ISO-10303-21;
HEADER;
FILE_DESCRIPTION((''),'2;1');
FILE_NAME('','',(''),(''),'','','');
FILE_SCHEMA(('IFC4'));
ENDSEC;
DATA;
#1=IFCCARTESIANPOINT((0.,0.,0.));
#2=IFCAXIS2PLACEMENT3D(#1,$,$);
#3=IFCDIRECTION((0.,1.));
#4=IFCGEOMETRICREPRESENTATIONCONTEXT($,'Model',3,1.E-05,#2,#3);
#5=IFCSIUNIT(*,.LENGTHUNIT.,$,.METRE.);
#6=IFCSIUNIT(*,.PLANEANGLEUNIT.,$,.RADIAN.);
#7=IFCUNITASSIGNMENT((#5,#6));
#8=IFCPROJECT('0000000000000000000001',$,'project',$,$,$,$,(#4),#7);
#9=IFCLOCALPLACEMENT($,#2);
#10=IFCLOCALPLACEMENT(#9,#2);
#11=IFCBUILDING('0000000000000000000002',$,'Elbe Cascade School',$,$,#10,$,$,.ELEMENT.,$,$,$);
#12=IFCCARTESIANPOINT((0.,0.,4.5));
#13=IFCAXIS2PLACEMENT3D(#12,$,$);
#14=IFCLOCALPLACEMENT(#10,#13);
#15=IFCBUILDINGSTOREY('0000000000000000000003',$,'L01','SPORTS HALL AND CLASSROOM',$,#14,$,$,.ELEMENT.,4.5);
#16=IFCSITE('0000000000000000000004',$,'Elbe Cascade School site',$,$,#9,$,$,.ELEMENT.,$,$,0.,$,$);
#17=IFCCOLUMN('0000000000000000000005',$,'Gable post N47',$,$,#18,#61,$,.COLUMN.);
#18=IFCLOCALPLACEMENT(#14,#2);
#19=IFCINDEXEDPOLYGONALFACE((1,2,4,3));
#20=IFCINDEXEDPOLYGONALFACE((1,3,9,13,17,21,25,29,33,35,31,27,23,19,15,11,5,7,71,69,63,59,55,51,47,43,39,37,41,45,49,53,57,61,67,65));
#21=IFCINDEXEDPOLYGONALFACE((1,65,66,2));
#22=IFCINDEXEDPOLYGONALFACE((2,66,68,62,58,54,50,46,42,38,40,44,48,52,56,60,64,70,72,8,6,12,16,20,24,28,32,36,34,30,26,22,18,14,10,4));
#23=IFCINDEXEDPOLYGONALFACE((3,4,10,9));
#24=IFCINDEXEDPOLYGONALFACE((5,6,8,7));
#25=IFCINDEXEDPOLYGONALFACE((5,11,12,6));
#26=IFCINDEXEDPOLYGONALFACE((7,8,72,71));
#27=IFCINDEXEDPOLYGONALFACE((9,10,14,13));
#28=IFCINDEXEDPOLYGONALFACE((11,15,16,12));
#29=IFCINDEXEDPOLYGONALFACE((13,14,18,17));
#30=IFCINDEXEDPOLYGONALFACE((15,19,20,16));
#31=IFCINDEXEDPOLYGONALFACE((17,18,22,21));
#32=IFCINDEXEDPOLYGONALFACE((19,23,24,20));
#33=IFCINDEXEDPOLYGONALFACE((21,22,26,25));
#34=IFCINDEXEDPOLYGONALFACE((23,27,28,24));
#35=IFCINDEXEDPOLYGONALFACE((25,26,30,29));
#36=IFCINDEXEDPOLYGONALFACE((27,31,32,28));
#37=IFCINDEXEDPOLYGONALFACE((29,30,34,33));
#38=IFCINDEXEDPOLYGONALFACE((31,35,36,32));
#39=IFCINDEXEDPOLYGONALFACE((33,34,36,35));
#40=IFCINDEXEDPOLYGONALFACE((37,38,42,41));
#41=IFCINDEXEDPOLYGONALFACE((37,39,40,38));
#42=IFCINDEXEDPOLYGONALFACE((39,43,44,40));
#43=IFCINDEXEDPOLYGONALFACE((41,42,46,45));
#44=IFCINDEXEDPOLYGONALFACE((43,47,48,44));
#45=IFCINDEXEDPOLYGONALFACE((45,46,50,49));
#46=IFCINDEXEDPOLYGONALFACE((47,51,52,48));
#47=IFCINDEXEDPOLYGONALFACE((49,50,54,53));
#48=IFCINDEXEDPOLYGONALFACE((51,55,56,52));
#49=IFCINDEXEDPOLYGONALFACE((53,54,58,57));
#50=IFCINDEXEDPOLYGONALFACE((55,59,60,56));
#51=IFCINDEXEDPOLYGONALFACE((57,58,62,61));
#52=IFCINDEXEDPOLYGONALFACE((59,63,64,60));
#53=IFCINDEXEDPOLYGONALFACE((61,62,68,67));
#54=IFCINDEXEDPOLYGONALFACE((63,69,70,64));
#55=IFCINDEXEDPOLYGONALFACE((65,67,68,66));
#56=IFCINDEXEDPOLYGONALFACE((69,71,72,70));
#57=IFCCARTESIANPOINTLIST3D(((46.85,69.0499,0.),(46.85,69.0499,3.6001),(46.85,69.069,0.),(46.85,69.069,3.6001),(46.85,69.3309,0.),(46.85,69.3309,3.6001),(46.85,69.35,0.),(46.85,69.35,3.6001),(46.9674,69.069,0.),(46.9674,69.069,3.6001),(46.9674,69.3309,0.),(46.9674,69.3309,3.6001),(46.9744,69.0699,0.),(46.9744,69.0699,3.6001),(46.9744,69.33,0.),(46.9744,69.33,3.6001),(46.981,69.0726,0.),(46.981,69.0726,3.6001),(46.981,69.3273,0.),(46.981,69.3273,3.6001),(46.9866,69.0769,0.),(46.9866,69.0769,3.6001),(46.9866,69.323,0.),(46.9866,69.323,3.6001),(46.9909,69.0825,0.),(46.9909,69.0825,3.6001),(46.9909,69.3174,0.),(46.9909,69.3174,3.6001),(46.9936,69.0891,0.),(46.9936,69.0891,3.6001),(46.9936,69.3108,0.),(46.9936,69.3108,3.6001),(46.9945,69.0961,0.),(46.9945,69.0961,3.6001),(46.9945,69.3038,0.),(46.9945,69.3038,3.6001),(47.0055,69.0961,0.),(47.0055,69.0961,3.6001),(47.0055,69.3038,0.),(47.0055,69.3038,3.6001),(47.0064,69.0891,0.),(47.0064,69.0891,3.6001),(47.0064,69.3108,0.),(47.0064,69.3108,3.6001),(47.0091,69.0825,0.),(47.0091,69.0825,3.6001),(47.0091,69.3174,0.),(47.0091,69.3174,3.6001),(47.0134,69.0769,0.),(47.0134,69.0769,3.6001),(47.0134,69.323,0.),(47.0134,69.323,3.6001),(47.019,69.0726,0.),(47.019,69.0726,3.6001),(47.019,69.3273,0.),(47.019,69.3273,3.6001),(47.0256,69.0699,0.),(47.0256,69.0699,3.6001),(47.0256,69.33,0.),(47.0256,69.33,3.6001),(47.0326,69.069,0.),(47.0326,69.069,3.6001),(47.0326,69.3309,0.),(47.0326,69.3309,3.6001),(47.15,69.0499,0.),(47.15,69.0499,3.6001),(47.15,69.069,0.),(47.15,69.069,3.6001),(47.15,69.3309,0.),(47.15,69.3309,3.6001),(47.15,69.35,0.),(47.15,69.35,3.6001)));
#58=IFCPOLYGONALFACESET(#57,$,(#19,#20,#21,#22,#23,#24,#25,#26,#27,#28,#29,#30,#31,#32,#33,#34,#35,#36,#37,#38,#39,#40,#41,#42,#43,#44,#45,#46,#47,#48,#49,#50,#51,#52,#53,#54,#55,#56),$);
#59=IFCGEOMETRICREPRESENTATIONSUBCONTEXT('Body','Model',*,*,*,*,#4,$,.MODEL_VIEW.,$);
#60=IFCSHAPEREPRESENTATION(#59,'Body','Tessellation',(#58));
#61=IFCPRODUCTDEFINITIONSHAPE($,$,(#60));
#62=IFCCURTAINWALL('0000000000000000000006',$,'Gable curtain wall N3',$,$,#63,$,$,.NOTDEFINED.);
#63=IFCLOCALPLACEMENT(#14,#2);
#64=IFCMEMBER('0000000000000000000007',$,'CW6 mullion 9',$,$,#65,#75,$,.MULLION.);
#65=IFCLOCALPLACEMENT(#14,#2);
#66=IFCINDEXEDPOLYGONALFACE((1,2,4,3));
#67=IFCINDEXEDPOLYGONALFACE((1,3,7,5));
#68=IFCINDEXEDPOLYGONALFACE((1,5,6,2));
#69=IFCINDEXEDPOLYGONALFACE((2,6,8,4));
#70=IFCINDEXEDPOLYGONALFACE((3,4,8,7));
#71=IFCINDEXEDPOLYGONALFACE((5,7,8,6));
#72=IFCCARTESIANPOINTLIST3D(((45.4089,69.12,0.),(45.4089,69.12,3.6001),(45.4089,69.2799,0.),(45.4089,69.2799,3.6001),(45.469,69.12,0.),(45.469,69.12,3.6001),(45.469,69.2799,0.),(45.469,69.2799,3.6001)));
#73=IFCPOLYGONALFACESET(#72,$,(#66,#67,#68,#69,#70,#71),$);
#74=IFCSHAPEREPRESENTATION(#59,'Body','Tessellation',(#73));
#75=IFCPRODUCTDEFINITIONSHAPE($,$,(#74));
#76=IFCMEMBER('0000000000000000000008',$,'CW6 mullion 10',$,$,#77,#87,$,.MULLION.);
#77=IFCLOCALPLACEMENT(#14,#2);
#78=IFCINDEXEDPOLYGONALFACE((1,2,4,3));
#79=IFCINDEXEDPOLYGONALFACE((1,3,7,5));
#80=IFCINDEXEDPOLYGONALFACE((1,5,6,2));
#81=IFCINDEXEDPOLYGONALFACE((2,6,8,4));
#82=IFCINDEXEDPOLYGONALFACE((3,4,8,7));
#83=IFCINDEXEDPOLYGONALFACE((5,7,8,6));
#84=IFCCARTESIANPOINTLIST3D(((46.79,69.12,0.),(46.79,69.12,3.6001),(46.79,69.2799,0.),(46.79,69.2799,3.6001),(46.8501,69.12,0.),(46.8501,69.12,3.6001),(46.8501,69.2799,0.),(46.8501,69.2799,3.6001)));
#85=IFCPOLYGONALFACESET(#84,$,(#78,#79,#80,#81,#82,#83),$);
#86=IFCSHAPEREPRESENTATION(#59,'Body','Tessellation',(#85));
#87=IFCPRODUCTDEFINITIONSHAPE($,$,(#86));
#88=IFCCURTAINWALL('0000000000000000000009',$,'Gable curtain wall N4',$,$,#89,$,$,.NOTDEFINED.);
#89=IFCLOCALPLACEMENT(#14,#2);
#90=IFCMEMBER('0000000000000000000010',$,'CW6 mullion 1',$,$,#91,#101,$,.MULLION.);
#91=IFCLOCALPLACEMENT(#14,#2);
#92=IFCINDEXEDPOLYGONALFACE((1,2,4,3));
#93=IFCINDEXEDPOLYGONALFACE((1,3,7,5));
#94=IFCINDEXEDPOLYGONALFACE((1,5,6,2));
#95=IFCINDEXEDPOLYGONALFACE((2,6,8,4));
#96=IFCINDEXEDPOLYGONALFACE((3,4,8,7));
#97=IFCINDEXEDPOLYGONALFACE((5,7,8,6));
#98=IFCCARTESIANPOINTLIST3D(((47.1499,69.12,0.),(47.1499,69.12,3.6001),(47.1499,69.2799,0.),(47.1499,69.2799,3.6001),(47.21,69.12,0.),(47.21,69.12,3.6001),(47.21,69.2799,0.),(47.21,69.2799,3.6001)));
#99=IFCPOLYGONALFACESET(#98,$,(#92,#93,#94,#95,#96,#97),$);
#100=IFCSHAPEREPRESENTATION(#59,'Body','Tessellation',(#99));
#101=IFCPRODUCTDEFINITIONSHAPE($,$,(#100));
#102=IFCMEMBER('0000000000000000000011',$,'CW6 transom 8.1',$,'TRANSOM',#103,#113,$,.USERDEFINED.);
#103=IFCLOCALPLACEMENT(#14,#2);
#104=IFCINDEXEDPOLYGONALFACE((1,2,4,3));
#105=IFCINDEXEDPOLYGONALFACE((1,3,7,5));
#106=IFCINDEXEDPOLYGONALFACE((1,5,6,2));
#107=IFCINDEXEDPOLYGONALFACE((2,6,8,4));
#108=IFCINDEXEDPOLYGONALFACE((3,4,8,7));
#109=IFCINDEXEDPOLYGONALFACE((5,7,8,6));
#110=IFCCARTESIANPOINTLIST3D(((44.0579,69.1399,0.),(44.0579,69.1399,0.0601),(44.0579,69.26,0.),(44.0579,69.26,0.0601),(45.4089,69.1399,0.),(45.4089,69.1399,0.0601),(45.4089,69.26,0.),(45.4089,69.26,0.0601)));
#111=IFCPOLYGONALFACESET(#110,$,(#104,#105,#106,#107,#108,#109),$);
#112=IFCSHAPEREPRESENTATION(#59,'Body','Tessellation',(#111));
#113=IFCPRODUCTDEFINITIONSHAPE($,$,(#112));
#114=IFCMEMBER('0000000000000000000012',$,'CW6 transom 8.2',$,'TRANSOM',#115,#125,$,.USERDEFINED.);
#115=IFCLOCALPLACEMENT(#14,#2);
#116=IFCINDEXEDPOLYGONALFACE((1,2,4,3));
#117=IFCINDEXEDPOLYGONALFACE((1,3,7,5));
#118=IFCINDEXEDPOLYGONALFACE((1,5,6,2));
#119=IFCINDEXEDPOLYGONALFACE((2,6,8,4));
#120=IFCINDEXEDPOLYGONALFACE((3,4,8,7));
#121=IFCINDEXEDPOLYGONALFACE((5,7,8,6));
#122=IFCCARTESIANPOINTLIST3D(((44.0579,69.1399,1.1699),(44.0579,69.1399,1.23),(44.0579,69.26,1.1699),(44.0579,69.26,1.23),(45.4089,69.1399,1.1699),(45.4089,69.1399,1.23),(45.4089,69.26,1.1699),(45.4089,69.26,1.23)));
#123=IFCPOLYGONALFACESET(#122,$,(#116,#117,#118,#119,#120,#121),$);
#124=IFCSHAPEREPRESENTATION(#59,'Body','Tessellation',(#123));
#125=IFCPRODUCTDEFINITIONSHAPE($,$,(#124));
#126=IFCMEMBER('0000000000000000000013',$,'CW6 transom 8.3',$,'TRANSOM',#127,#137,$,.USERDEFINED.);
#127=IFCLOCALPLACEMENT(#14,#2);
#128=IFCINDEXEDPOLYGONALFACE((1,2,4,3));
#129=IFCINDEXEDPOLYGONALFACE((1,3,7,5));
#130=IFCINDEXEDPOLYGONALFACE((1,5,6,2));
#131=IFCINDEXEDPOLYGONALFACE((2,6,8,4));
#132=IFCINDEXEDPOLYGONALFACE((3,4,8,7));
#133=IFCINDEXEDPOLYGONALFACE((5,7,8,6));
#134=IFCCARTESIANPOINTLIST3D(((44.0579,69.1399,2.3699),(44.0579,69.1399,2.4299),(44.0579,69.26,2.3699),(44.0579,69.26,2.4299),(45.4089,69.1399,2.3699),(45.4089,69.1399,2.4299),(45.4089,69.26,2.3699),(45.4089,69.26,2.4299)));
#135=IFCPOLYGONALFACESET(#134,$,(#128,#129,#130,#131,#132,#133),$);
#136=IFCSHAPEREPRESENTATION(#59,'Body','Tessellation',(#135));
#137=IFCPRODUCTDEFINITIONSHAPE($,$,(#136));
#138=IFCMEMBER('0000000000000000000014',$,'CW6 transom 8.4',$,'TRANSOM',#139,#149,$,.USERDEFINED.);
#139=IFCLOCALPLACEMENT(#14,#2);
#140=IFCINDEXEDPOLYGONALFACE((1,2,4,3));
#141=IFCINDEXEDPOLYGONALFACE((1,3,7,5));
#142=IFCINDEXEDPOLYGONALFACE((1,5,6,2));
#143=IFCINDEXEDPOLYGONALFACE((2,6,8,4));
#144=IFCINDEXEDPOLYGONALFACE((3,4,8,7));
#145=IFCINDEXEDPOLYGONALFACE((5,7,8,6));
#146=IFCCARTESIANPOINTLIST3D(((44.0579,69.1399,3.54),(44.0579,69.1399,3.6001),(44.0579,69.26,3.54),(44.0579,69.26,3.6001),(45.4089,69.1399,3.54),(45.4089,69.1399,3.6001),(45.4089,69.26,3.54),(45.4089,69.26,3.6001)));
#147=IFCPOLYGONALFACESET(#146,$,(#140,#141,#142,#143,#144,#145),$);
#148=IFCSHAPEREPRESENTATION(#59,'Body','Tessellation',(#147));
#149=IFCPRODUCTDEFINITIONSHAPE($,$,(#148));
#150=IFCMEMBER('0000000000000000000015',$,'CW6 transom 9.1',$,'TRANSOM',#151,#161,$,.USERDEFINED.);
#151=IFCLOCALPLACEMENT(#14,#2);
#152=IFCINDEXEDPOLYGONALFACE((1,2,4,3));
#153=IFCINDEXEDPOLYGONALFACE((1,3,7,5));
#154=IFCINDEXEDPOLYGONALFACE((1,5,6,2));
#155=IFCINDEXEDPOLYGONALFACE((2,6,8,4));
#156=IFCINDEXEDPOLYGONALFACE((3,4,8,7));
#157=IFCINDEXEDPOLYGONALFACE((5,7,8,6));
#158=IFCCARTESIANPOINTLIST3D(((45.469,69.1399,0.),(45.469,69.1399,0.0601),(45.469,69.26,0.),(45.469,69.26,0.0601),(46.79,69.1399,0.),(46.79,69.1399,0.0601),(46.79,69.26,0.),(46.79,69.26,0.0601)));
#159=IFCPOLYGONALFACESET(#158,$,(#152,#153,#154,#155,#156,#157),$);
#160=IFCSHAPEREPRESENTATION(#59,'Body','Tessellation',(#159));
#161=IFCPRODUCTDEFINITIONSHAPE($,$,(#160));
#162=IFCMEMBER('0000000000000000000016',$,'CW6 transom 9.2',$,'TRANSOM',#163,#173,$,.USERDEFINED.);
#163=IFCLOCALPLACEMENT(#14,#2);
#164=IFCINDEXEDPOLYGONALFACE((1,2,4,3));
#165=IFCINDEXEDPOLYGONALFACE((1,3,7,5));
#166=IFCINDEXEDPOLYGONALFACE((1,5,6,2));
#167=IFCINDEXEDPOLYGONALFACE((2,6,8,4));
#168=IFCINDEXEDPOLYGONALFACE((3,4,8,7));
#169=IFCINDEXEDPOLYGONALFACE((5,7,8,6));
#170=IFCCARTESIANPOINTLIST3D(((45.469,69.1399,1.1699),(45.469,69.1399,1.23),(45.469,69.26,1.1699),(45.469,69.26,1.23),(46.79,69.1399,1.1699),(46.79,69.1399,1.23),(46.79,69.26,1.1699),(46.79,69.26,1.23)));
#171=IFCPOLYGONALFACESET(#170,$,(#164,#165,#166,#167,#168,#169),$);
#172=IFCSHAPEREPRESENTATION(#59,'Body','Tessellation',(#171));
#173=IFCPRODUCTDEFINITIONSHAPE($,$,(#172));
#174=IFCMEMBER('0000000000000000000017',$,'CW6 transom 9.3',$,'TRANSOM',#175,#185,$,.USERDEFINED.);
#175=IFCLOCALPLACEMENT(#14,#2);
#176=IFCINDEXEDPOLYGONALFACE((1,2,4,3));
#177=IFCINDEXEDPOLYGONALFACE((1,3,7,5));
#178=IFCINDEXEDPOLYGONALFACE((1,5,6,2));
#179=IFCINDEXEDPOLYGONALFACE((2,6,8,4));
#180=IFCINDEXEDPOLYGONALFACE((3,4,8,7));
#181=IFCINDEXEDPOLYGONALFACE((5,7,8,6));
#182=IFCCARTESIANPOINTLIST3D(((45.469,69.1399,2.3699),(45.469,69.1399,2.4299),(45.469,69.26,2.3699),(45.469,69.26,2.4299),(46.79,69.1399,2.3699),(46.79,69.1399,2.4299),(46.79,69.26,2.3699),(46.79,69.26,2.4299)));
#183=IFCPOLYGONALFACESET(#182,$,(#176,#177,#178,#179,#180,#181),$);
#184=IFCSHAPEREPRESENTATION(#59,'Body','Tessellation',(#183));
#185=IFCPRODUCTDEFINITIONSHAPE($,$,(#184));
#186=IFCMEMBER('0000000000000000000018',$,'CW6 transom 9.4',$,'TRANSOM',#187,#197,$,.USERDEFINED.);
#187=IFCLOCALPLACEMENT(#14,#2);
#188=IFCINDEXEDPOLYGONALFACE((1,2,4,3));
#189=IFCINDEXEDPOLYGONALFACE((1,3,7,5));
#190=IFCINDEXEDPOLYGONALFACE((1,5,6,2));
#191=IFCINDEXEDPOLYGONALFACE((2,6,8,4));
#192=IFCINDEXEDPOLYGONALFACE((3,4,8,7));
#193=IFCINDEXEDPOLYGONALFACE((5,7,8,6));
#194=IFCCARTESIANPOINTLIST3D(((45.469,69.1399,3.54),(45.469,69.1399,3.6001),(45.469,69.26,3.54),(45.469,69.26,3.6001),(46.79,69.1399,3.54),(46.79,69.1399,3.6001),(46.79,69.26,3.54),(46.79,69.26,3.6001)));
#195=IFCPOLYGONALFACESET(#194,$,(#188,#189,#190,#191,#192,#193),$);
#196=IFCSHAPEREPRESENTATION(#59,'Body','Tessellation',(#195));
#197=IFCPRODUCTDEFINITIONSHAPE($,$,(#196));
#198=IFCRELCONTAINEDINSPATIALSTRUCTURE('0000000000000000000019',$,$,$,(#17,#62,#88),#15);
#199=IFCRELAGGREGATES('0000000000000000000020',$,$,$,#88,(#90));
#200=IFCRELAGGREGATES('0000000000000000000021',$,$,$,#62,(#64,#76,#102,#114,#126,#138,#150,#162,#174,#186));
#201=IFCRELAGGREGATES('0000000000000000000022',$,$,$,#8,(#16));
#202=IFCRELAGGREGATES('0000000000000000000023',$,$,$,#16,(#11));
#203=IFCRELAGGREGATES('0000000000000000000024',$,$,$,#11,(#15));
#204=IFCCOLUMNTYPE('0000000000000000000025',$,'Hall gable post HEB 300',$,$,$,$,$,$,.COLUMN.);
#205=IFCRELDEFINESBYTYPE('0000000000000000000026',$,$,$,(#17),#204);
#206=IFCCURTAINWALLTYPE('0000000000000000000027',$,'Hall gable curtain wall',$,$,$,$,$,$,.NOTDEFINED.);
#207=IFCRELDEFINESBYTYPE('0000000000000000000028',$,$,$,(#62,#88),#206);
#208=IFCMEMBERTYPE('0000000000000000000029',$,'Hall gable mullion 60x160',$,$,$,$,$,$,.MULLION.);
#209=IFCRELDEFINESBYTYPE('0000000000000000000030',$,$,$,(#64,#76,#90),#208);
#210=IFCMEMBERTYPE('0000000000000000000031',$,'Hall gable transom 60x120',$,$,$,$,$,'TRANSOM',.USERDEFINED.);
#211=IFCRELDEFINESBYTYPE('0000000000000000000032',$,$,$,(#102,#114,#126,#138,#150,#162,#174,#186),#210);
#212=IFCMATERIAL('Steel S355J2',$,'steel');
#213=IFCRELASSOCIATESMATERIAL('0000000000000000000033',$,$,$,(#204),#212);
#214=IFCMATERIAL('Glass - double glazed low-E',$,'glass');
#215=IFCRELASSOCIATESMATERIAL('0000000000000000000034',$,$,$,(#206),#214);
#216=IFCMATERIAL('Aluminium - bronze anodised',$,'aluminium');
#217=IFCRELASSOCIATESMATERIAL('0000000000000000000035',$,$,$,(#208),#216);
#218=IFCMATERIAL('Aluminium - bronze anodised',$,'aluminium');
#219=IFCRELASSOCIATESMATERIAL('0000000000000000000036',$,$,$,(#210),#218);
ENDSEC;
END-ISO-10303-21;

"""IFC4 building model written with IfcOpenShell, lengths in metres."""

from ifc_helpers import new_model, si_unit, direction, frame, origin, origin_2d, place, context, subcontext, project, spatial, rectangle, i_section, extrude, material, material_profile, profile_set, type_object, element, aggregate, save


model = new_model("IFC4")

# Units and contexts
model_context = context("Model", 3, precision=1e-05, world=origin(), true_north=direction((0.0, 1.0)))
body_context = subcontext(model_context, "Body", "Model", "MODEL_VIEW")
ifc_project = project(units=[si_unit("LENGTHUNIT", "METRE"), si_unit("PLANEANGLEUNIT", "RADIAN")], contexts=[model_context])

# Site, building, storey
site_placement = place(None, origin())
site = spatial("IfcSite", under=ifc_project, at=site_placement, Name="Elbe Cascade School site", CompositionType="ELEMENT", RefElevation=0.0)
building_placement = place(site_placement, origin())
building = spatial("IfcBuilding", under=site, at=building_placement, Name="Elbe Cascade School", CompositionType="ELEMENT")
storey_placement = place(building_placement, frame((0.0, 0.0, 4.5)))
storey = spatial("IfcBuildingStorey", under=building, at=storey_placement, Name="L01", Description="SPORTS HALL AND CLASSROOM", CompositionType="ELEMENT", Elevation=4.5)

# Column
ifc_material_1 = material(Name="Steel S355J2", Category="steel")
ifc_material_profile_1 = material_profile(ifc_material_1, i_section(OverallWidth=0.3, OverallDepth=0.3, WebThickness=0.011, FlangeThickness=0.019, FilletRadius=0.0271, at=origin_2d()), Name="HEB 300")
ifc_profile_set_1 = profile_set([ifc_material_profile_1], Name="Steel S355J2")
column_type = type_object("IfcColumnType", Name="Hall gable post HEB 300", PredefinedType="COLUMN", material=ifc_profile_set_1)
column_placement = place(storey_placement, frame((47.0, 69.2, 0.0), z_axis=(0.0, 0.0, 1.0), x_axis=(1.0, 0.0, 0.0)))
element("IfcColumn", 1, at=column_placement, inside=storey, type_object=column_type, Name="Gable post N47", PredefinedType="COLUMN", context=body_context, shape_type="SweptSolid", body=[
    extrude(i_section(OverallWidth=0.3, OverallDepth=0.3, WebThickness=0.011, FlangeThickness=0.019, FilletRadius=0.0271, at=origin_2d()), origin(), (0.0, 0.0, 1.0), 3.6001),
])

# Curtain wall, members
ifc_material_2 = material(Name="Glass - double glazed low-E", Category="glass")
curtain_wall_type = type_object("IfcCurtainWallType", Name="Hall gable curtain wall", PredefinedType="NOTDEFINED", material=ifc_material_2)
curtain_wall_1_placement = place(storey_placement, origin())
curtain_wall_1 = element("IfcCurtainWall", 2, at=curtain_wall_1_placement, inside=storey, type_object=curtain_wall_type, Name="Gable curtain wall N3", PredefinedType="NOTDEFINED")
ifc_material_3 = material(Name="Aluminium - bronze anodised", Category="aluminium")
ifc_material_profile_2 = material_profile(ifc_material_3, rectangle(XDim=0.1599, YDim=0.0601, at=origin_2d()), Name="Alu 60x160")
ifc_profile_set_2 = profile_set([ifc_material_profile_2], Name="Aluminium - bronze anodised")
member_type_1 = type_object("IfcMemberType", Name="Hall gable mullion 60x160", PredefinedType="MULLION", material=ifc_profile_set_2)
member_1_placement = place(storey_placement, frame((45.439, 69.2, 0.0), z_axis=(0.0, 0.0, 1.0), x_axis=(0.0, 1.0, 0.0)))
member_1 = element("IfcMember", 3, at=member_1_placement, type_object=member_type_1, Name="CW6 mullion 9", PredefinedType="MULLION", context=body_context, shape_type="SweptSolid", body=[
    extrude(rectangle(XDim=0.1599, YDim=0.0601, at=origin_2d()), origin(), (0.0, 0.0, 1.0), 3.6001),
])
member_2_placement = place(storey_placement, frame((46.8201, 69.2, 0.0), z_axis=(0.0, 0.0, 1.0), x_axis=(0.0, 1.0, 0.0)))
member_2 = element("IfcMember", 4, at=member_2_placement, type_object=member_type_1, Name="CW6 mullion 10", PredefinedType="MULLION", context=body_context, shape_type="SweptSolid", body=[
    extrude(rectangle(XDim=0.1599, YDim=0.0601, at=origin_2d()), origin(), (0.0, 0.0, 1.0), 3.6001),
])

# Curtain wall, member
curtain_wall_2_placement = place(storey_placement, origin())
curtain_wall_2 = element("IfcCurtainWall", 5, at=curtain_wall_2_placement, inside=storey, type_object=curtain_wall_type, Name="Gable curtain wall N4", PredefinedType="NOTDEFINED")
member_3_placement = place(storey_placement, frame((47.1799, 69.2, 0.0), z_axis=(0.0, 0.0, 1.0), x_axis=(0.0, 1.0, 0.0)))
member_3 = element("IfcMember", 6, at=member_3_placement, type_object=member_type_1, Name="CW6 mullion 1", PredefinedType="MULLION", context=body_context, shape_type="SweptSolid", body=[
    extrude(rectangle(XDim=0.1599, YDim=0.0601, at=origin_2d()), origin(), (0.0, 0.0, 1.0), 3.6001),
])

# Members
ifc_material_4 = material(Name="Aluminium - bronze anodised", Category="aluminium")
ifc_material_profile_3 = material_profile(ifc_material_4, rectangle(XDim=0.1201, YDim=0.0601, at=origin_2d()), Name="Alu 60x120")
ifc_profile_set_3 = profile_set([ifc_material_profile_3], Name="Aluminium - bronze anodised")
member_type_2 = type_object("IfcMemberType", Name="Hall gable transom 60x120", ElementType="TRANSOM", PredefinedType="USERDEFINED", material=ifc_profile_set_3)
member_4_placement = place(storey_placement, frame((44.0579, 69.2, 0.03), z_axis=(1.0, 0.0, 0.0), x_axis=(0.0, 1.0, 0.0)))
member_4 = element("IfcMember", 7, at=member_4_placement, type_object=member_type_2, Name="CW6 transom 8.1", ObjectType="TRANSOM", PredefinedType="USERDEFINED", context=body_context, shape_type="SweptSolid", body=[
    extrude(rectangle(XDim=0.1201, YDim=0.0601, at=origin_2d()), origin(), (0.0, 0.0, 1.0), 1.3511),
])
member_5_placement = place(storey_placement, frame((44.0579, 69.2, 1.2), z_axis=(1.0, 0.0, 0.0), x_axis=(0.0, 1.0, 0.0)))
member_5 = element("IfcMember", 8, at=member_5_placement, type_object=member_type_2, Name="CW6 transom 8.2", ObjectType="TRANSOM", PredefinedType="USERDEFINED", context=body_context, shape_type="SweptSolid", body=[
    extrude(rectangle(XDim=0.1201, YDim=0.0601, at=origin_2d()), origin(), (0.0, 0.0, 1.0), 1.3511),
])
member_6_placement = place(storey_placement, frame((44.0579, 69.2, 2.3999), z_axis=(1.0, 0.0, 0.0), x_axis=(0.0, 1.0, 0.0)))
member_6 = element("IfcMember", 9, at=member_6_placement, type_object=member_type_2, Name="CW6 transom 8.3", ObjectType="TRANSOM", PredefinedType="USERDEFINED", context=body_context, shape_type="SweptSolid", body=[
    extrude(rectangle(XDim=0.1201, YDim=0.0601, at=origin_2d()), origin(), (0.0, 0.0, 1.0), 1.3511),
])
member_7_placement = place(storey_placement, frame((44.0579, 69.2, 3.5701), z_axis=(1.0, 0.0, 0.0), x_axis=(0.0, 1.0, 0.0)))
member_7 = element("IfcMember", 10, at=member_7_placement, type_object=member_type_2, Name="CW6 transom 8.4", ObjectType="TRANSOM", PredefinedType="USERDEFINED", context=body_context, shape_type="SweptSolid", body=[
    extrude(rectangle(XDim=0.1201, YDim=0.0601, at=origin_2d()), origin(), (0.0, 0.0, 1.0), 1.3511),
])
member_8_placement = place(storey_placement, frame((45.469, 69.2, 0.03), z_axis=(1.0, 0.0, 0.0), x_axis=(0.0, 1.0, 0.0)))
member_8 = element("IfcMember", 11, at=member_8_placement, type_object=member_type_2, Name="CW6 transom 9.1", ObjectType="TRANSOM", PredefinedType="USERDEFINED", context=body_context, shape_type="SweptSolid", body=[
    extrude(rectangle(XDim=0.1201, YDim=0.0601, at=origin_2d()), origin(), (0.0, 0.0, 1.0), 1.321),
])
member_9_placement = place(storey_placement, frame((45.469, 69.2, 1.2), z_axis=(1.0, 0.0, 0.0), x_axis=(0.0, 1.0, 0.0)))
member_9 = element("IfcMember", 12, at=member_9_placement, type_object=member_type_2, Name="CW6 transom 9.2", ObjectType="TRANSOM", PredefinedType="USERDEFINED", context=body_context, shape_type="SweptSolid", body=[
    extrude(rectangle(XDim=0.1201, YDim=0.0601, at=origin_2d()), origin(), (0.0, 0.0, 1.0), 1.321),
])
member_10_placement = place(storey_placement, frame((45.469, 69.2, 2.3999), z_axis=(1.0, 0.0, 0.0), x_axis=(0.0, 1.0, 0.0)))
member_10 = element("IfcMember", 13, at=member_10_placement, type_object=member_type_2, Name="CW6 transom 9.3", ObjectType="TRANSOM", PredefinedType="USERDEFINED", context=body_context, shape_type="SweptSolid", body=[
    extrude(rectangle(XDim=0.1201, YDim=0.0601, at=origin_2d()), origin(), (0.0, 0.0, 1.0), 1.321),
])
member_11_placement = place(storey_placement, frame((45.469, 69.2, 3.5701), z_axis=(1.0, 0.0, 0.0), x_axis=(0.0, 1.0, 0.0)))
member_11 = element("IfcMember", 14, at=member_11_placement, type_object=member_type_2, Name="CW6 transom 9.4", ObjectType="TRANSOM", PredefinedType="USERDEFINED", context=body_context, shape_type="SweptSolid", body=[
    extrude(rectangle(XDim=0.1201, YDim=0.0601, at=origin_2d()), origin(), (0.0, 0.0, 1.0), 1.321),
])
aggregate(curtain_wall_2, [member_3])

aggregate(curtain_wall_1, [member_1, member_2, member_4, member_5, member_6, member_7, member_8, member_9, member_10, member_11])

save(model, "model.ifc")
